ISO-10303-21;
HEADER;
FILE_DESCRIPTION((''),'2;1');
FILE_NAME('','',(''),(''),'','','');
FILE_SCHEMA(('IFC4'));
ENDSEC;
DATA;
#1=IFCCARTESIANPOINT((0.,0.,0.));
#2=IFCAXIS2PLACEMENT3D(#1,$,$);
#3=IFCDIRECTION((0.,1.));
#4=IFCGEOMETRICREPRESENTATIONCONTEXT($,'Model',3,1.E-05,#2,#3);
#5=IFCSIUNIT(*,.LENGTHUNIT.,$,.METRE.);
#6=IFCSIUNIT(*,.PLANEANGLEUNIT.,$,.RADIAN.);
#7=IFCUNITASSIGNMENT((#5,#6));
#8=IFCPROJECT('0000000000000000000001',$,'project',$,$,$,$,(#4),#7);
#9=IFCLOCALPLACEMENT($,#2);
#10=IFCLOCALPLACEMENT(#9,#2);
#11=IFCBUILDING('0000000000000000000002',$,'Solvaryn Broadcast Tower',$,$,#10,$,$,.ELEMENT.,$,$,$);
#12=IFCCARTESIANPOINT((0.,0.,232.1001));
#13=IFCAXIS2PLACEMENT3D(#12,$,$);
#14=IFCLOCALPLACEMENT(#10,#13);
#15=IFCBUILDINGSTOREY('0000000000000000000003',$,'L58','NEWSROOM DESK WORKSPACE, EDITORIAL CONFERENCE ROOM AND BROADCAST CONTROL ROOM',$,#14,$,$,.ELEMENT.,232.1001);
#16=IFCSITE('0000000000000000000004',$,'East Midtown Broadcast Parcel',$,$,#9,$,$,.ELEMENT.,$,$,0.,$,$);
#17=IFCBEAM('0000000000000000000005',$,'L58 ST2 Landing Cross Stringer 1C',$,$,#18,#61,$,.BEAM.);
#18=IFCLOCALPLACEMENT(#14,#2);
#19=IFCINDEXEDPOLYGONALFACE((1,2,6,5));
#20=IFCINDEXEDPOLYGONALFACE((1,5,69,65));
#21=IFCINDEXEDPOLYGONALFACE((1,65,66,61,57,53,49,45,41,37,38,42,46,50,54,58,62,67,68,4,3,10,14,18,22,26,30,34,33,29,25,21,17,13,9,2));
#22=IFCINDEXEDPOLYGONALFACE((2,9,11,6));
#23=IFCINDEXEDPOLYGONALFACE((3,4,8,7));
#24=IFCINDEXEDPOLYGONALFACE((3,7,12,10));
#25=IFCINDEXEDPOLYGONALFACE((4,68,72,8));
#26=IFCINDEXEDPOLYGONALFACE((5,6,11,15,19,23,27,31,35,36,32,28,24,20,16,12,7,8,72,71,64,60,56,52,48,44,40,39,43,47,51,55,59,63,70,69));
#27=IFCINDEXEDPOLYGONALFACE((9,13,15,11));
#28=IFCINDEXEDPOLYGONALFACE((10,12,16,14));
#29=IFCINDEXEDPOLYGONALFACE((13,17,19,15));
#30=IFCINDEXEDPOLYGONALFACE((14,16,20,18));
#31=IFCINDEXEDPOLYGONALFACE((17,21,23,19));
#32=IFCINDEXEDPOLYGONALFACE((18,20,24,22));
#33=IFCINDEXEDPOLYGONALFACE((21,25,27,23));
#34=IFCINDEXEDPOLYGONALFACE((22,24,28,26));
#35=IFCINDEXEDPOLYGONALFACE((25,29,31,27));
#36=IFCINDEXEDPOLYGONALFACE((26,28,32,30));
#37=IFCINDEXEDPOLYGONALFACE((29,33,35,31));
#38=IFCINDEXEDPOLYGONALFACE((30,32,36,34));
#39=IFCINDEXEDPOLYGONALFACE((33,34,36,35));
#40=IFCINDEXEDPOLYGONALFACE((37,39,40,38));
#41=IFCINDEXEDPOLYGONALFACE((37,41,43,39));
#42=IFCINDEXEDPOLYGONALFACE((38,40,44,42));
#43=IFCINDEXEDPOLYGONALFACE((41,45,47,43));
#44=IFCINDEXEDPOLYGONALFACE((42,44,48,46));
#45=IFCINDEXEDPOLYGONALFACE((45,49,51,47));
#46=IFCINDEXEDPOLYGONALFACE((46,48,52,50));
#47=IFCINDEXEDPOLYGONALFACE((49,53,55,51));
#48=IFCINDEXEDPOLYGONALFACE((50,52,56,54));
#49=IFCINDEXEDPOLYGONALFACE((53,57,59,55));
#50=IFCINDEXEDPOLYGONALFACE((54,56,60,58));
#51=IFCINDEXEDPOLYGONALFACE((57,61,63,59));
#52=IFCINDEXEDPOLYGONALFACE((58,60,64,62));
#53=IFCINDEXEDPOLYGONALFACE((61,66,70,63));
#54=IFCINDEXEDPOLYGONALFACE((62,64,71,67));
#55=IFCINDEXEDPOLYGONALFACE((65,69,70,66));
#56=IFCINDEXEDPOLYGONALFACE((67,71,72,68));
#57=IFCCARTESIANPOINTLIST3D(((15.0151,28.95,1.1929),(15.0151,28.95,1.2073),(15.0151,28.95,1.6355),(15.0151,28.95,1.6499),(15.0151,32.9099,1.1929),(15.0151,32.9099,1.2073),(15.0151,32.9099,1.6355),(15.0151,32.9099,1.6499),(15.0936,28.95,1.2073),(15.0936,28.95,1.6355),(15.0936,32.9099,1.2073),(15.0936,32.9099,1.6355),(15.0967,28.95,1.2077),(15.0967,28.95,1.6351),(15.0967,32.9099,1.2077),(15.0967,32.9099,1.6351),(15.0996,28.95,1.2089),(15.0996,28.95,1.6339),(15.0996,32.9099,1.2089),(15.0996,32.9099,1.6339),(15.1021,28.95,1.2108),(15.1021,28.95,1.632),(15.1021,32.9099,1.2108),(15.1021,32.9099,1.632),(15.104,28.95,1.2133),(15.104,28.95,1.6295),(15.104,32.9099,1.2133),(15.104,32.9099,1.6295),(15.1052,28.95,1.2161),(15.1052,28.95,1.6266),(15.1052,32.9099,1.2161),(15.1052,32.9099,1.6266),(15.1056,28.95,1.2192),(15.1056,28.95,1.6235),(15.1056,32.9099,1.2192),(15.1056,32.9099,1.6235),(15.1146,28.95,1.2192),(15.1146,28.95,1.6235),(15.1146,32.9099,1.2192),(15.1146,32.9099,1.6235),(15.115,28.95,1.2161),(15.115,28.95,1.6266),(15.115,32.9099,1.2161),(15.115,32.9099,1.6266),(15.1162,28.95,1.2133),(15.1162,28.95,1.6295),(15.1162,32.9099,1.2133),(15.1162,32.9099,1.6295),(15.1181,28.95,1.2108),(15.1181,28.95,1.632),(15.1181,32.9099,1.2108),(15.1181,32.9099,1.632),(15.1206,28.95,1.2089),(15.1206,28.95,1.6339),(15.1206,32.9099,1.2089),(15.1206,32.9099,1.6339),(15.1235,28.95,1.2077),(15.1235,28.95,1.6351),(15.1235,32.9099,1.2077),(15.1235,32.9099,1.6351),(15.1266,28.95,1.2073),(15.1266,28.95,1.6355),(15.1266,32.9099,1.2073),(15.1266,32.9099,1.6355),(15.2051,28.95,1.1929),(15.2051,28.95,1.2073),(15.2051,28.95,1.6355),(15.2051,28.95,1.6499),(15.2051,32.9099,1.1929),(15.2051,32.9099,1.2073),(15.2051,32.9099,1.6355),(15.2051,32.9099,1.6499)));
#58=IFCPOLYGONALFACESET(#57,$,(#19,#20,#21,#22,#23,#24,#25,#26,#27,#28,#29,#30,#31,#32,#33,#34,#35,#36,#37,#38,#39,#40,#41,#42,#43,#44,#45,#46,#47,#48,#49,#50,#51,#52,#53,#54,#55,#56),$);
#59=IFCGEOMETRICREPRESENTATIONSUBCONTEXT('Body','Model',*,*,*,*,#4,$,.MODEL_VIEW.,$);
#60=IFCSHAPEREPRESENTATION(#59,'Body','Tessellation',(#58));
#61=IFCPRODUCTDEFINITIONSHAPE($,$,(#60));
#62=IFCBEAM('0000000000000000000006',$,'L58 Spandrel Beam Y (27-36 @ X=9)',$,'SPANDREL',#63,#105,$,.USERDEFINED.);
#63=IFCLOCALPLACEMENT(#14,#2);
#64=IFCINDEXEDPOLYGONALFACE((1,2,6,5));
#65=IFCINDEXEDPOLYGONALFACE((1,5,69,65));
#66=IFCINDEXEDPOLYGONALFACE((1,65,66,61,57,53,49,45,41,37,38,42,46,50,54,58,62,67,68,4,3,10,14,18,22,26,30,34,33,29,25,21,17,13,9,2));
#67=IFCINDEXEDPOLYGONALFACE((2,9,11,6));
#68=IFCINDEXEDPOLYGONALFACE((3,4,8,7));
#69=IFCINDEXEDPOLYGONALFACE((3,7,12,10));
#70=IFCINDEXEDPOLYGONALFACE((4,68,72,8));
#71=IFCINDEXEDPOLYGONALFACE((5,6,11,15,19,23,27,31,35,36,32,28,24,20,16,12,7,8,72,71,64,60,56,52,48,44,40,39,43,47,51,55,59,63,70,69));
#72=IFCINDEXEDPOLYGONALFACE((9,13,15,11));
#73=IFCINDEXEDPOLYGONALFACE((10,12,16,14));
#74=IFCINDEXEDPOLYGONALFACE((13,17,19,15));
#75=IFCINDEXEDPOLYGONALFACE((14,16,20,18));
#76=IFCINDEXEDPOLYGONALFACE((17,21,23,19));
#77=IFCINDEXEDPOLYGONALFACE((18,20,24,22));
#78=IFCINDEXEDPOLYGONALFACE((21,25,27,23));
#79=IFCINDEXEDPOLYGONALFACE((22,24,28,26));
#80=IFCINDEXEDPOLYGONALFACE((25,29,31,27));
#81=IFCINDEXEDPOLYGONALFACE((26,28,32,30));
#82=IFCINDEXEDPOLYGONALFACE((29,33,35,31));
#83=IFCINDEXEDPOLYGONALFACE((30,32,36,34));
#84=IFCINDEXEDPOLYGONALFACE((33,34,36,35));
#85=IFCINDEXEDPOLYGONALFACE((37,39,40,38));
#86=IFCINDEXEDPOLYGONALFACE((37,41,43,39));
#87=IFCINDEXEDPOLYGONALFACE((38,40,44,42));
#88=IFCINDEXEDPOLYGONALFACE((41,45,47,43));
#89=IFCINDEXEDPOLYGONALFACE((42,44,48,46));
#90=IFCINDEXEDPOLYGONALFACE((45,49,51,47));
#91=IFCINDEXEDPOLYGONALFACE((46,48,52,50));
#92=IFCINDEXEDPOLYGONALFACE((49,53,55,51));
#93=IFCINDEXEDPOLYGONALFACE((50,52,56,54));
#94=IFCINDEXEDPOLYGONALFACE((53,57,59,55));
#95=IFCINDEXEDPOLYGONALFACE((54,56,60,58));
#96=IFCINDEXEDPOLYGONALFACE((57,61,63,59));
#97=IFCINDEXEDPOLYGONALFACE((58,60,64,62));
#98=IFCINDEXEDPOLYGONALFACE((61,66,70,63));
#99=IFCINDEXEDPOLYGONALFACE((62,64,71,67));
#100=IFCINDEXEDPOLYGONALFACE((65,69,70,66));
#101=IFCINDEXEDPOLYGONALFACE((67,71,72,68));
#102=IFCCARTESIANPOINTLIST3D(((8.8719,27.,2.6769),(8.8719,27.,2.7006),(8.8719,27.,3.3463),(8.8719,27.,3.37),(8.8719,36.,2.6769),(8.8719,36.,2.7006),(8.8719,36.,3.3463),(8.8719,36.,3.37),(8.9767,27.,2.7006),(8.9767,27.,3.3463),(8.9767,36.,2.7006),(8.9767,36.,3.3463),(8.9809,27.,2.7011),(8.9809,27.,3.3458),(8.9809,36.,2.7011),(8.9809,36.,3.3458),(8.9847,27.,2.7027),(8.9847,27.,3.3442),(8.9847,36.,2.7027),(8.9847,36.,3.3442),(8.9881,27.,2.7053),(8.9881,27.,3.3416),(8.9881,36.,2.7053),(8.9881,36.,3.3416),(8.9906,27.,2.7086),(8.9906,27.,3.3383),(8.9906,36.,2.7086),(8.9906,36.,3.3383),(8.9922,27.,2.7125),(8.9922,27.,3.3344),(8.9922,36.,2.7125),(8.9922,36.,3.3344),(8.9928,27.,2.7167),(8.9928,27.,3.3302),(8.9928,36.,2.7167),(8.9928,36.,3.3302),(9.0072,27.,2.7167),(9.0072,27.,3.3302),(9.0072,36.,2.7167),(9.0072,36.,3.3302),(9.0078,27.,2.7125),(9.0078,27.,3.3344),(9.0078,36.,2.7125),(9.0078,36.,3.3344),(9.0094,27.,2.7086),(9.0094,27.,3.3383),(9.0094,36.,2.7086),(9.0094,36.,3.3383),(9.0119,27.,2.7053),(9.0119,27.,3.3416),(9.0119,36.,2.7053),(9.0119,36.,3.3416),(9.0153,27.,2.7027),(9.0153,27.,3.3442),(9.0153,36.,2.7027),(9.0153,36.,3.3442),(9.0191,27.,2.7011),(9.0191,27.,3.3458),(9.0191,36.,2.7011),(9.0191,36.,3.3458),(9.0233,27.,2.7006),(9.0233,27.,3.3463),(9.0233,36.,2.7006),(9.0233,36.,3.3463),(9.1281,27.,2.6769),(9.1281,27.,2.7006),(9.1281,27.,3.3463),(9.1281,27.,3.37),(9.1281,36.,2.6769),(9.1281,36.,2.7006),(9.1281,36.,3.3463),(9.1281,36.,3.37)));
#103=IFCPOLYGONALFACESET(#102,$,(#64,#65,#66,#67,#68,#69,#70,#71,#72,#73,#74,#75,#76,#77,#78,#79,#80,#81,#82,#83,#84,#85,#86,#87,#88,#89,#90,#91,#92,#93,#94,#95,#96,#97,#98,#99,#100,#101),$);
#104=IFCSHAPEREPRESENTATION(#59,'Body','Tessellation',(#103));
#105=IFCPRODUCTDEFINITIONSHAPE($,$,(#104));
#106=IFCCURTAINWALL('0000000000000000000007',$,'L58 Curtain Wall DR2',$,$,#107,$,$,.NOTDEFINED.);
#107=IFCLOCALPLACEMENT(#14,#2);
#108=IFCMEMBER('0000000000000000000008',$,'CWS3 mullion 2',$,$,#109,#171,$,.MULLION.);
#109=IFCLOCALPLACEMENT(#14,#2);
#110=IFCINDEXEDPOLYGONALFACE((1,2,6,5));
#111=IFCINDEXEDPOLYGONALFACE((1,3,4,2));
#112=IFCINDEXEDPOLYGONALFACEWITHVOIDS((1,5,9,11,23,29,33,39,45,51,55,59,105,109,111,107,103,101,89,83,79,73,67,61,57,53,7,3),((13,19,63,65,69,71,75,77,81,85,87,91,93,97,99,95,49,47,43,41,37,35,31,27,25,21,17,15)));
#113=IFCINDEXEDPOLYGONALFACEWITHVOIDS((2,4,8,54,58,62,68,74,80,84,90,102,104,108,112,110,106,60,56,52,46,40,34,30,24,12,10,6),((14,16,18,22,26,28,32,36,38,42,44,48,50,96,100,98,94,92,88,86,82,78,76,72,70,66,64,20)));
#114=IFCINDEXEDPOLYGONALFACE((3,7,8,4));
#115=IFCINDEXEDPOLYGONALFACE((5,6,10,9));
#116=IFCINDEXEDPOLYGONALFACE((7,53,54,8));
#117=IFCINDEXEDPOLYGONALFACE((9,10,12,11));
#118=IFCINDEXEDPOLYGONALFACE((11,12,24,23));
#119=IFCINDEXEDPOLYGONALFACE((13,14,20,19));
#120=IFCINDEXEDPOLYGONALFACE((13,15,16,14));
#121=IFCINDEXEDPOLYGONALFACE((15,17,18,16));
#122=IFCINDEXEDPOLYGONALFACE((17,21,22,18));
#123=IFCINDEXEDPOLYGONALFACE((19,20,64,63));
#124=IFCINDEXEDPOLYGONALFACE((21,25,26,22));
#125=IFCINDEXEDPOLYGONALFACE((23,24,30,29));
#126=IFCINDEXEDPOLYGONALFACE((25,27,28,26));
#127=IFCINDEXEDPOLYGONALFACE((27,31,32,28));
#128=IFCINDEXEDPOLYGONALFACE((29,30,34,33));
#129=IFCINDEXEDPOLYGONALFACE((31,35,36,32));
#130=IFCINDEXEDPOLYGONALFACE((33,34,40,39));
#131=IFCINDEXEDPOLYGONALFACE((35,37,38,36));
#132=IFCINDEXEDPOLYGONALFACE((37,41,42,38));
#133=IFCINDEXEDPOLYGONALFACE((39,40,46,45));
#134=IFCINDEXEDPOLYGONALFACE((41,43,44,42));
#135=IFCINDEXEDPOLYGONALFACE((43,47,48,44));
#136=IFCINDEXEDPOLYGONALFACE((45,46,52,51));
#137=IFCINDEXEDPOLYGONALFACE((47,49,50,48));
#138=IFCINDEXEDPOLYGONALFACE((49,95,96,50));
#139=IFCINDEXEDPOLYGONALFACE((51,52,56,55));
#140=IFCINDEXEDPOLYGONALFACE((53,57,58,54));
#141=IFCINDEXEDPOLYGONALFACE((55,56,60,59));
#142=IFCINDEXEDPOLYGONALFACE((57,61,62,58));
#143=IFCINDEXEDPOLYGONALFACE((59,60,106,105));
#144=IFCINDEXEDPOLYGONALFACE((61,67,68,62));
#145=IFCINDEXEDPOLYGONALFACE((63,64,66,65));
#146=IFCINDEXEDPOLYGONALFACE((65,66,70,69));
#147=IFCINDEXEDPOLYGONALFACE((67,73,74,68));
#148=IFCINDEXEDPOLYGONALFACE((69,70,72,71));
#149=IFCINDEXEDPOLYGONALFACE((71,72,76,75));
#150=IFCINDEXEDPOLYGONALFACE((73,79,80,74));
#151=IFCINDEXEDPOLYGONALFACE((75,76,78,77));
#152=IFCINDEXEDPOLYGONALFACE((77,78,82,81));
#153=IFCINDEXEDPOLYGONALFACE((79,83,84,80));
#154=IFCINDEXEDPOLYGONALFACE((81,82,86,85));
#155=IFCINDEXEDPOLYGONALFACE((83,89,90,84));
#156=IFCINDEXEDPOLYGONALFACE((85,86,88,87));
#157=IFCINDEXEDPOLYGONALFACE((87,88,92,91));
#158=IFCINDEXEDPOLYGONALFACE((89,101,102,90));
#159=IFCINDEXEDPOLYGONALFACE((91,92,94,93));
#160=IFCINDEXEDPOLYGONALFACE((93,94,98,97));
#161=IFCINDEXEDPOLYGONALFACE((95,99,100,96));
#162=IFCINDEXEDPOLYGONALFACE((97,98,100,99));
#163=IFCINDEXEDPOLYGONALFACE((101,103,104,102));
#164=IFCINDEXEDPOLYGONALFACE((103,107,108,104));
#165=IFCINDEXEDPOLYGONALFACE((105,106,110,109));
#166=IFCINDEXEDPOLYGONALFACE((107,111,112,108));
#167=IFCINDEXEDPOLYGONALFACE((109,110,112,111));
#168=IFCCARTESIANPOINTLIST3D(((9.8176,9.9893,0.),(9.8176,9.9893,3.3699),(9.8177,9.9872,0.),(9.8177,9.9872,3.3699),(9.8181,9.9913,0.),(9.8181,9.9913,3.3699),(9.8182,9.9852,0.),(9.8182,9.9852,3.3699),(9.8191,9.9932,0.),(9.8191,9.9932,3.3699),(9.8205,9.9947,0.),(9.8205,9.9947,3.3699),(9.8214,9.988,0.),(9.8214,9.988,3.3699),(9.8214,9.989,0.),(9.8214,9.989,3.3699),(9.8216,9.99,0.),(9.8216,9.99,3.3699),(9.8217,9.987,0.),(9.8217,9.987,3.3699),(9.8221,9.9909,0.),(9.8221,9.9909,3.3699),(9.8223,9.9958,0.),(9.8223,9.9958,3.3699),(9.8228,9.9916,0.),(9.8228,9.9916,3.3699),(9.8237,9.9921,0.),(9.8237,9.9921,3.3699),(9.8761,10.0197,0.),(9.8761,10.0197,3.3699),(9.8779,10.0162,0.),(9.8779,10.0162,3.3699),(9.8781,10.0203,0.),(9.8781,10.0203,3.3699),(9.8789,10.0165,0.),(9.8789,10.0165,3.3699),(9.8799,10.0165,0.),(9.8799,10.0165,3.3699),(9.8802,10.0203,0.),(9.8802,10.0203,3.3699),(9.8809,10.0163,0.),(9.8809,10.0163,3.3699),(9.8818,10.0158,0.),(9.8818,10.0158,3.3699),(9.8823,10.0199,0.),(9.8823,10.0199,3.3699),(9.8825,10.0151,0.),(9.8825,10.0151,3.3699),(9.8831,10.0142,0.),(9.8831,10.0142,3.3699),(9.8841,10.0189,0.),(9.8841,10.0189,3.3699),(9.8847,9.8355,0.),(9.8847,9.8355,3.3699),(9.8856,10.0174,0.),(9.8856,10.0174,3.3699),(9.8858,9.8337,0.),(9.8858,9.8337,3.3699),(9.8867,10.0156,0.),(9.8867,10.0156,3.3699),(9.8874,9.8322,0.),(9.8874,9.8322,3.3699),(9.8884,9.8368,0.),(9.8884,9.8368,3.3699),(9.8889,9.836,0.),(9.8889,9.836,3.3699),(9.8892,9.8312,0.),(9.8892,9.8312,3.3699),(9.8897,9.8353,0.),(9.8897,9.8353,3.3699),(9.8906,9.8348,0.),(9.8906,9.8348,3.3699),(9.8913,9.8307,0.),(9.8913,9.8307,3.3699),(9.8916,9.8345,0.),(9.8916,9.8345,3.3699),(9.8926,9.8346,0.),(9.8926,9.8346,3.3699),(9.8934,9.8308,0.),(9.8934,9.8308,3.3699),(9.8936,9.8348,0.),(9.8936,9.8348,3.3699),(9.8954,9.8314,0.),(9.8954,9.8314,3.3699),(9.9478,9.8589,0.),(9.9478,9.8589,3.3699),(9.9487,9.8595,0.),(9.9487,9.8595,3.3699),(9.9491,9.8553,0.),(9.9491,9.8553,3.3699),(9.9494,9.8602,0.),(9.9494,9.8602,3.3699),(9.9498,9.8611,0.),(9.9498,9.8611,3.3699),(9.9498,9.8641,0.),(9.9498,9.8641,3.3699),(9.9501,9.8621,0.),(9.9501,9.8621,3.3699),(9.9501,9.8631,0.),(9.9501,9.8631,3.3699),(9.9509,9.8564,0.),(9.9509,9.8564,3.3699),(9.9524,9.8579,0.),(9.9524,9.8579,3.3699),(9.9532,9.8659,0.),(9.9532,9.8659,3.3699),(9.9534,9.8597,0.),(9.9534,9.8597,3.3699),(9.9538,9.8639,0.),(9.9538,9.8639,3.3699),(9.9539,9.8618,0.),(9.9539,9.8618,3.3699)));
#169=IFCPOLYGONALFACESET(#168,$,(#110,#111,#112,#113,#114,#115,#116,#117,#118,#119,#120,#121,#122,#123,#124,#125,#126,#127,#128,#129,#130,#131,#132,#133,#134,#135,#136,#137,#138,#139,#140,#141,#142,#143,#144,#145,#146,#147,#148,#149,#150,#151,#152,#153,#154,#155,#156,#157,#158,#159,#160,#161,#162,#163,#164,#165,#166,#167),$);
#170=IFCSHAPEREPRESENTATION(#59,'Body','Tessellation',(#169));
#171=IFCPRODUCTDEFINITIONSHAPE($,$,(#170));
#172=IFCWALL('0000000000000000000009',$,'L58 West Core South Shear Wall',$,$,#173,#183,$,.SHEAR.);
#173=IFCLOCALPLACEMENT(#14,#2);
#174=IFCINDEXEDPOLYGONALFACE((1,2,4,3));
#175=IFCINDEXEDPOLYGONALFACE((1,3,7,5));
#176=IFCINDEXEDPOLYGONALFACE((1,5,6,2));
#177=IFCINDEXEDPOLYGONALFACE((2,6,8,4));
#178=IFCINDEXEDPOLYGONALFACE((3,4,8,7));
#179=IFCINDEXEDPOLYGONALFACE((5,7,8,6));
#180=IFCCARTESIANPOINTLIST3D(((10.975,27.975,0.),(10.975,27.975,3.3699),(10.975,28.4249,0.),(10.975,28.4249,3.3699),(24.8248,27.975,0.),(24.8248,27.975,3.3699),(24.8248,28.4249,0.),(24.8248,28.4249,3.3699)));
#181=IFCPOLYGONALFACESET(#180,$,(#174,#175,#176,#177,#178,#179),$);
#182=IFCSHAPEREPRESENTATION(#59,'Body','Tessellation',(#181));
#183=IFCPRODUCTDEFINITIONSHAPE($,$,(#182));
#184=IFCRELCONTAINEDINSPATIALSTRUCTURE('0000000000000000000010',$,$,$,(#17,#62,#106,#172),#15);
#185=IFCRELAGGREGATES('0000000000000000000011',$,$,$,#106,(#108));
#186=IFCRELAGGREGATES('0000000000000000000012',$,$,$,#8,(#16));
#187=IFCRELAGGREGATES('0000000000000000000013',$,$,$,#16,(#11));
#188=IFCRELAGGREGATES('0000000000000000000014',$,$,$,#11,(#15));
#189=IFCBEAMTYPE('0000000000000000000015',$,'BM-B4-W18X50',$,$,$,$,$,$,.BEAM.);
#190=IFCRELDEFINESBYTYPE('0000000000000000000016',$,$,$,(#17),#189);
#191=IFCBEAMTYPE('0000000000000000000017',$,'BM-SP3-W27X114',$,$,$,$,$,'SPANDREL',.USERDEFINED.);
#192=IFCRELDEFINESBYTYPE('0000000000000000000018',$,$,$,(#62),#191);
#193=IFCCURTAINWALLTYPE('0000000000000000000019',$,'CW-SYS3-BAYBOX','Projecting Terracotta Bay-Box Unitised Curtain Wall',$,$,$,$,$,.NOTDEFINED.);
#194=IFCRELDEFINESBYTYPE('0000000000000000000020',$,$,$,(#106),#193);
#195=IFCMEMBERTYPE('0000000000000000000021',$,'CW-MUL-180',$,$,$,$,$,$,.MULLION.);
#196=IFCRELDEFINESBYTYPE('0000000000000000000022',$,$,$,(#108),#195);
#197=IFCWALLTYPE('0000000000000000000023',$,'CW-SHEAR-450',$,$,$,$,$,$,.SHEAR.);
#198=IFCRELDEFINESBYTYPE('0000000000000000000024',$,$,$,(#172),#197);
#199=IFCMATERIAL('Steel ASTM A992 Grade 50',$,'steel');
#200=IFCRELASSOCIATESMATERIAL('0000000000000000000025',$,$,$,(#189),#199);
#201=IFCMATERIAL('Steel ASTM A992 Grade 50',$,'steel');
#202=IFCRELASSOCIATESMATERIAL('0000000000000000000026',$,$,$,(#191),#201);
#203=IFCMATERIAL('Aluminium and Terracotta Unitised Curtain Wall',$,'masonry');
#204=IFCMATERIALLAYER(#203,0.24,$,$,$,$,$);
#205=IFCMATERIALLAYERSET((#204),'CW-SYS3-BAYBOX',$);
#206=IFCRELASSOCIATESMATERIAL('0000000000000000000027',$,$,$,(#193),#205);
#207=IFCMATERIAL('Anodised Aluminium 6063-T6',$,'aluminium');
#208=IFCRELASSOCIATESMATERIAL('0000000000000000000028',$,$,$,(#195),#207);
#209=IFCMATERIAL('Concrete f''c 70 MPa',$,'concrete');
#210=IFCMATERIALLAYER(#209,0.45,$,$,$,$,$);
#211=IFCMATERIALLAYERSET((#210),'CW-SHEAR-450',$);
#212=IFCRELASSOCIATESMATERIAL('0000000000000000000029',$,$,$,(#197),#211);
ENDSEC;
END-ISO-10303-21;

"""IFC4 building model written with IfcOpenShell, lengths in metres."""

from ifc_helpers import new_model, si_unit, direction, frame, frame_2d, origin, origin_2d, place, context, subcontext, project, spatial, rectangle, hollow_rectangle, i_section, extrude, material, layer, layer_set, material_profile, profile_set, type_object, element, aggregate, save


model = new_model("IFC4")

# Units and contexts
model_context = context("Model", 3, precision=1e-05, world=origin(), true_north=direction((0.0, 1.0)))
body_context = subcontext(model_context, "Body", "Model", "MODEL_VIEW")
ifc_project = project(units=[si_unit("LENGTHUNIT", "METRE"), si_unit("PLANEANGLEUNIT", "RADIAN")], contexts=[model_context])

# Site, building, storey
site_placement = place(None, origin())
site = spatial("IfcSite", under=ifc_project, at=site_placement, Name="East Midtown Broadcast Parcel", CompositionType="ELEMENT", RefElevation=0.0)
building_placement = place(site_placement, origin())
building = spatial("IfcBuilding", under=site, at=building_placement, Name="Solvaryn Broadcast Tower", CompositionType="ELEMENT")
storey_placement = place(building_placement, frame((0.0, 0.0, 232.1001)))
storey = spatial("IfcBuildingStorey", under=building, at=storey_placement, Name="L58", Description="NEWSROOM DESK WORKSPACE, EDITORIAL CONFERENCE ROOM AND BROADCAST CONTROL ROOM", CompositionType="ELEMENT", Elevation=232.1001)

# Beams
ifc_material_1 = material(Name="Steel ASTM A992 Grade 50", Category="steel")
ifc_material_profile_1 = material_profile(ifc_material_1, i_section(OverallWidth=0.1899, OverallDepth=0.457, WebThickness=0.009, FlangeThickness=0.0144, FilletRadius=0.012, at=origin_2d()))
ifc_profile_set_1 = profile_set([ifc_material_profile_1], Name="Steel ASTM A992 Grade 50")
beam_type_1 = type_object("IfcBeamType", Name="BM-B4-W18X50", PredefinedType="BEAM", material=ifc_profile_set_1)
beam_1_placement = place(storey_placement, frame((15.1101, 28.95, 1.4214), z_axis=(0.0, 1.0, 0.0), x_axis=(-1.0, 0.0, 0.0)))
element("IfcBeam", 1, at=beam_1_placement, inside=storey, type_object=beam_type_1, Name="L58 ST2 Landing Cross Stringer 1C", PredefinedType="BEAM", context=body_context, shape_type="SweptSolid", body=[
    extrude(i_section(OverallWidth=0.1899, OverallDepth=0.457, WebThickness=0.009, FlangeThickness=0.0144, FilletRadius=0.012, at=origin_2d()), origin(), (0.0, 0.0, 1.0), 3.96),
])
ifc_material_2 = material(Name="Steel ASTM A992 Grade 50", Category="steel")
ifc_material_profile_2 = material_profile(ifc_material_2, i_section(OverallWidth=0.2561, OverallDepth=0.6931, WebThickness=0.0144, FlangeThickness=0.0237, FilletRadius=0.0161, at=origin_2d()))
ifc_profile_set_2 = profile_set([ifc_material_profile_2], Name="Steel ASTM A992 Grade 50")
beam_type_2 = type_object("IfcBeamType", Name="BM-SP3-W27X114", ElementType="SPANDREL", PredefinedType="USERDEFINED", material=ifc_profile_set_2)
beam_2_placement = place(storey_placement, frame((9.0, 27.0, 3.0234), z_axis=(0.0, 1.0, 0.0), x_axis=(-1.0, 0.0, 0.0)))
element("IfcBeam", 2, at=beam_2_placement, inside=storey, type_object=beam_type_2, Name="L58 Spandrel Beam Y (27-36 @ X=9)", ObjectType="SPANDREL", PredefinedType="USERDEFINED", context=body_context, shape_type="SweptSolid", body=[
    extrude(i_section(OverallWidth=0.2561, OverallDepth=0.6931, WebThickness=0.0144, FlangeThickness=0.0237, FilletRadius=0.0161, at=origin_2d()), origin(), (0.0, 0.0, 1.0), 9.0),
])

# Curtain wall, member
ifc_material_3 = material(Name="Aluminium and Terracotta Unitised Curtain Wall", Category="masonry")
ifc_layer_1 = layer(ifc_material_3, 0.24)
ifc_layer_set_1 = layer_set([ifc_layer_1], Name="CW-SYS3-BAYBOX")
curtain_wall_type = type_object("IfcCurtainWallType", Name="CW-SYS3-BAYBOX", Description="Projecting Terracotta Bay-Box Unitised Curtain Wall", PredefinedType="NOTDEFINED", material=ifc_layer_set_1)
curtain_wall_placement = place(storey_placement, origin())
curtain_wall = element("IfcCurtainWall", 3, at=curtain_wall_placement, inside=storey, type_object=curtain_wall_type, Name="L58 Curtain Wall DR2", PredefinedType="NOTDEFINED")
ifc_material_4 = material(Name="Anodised Aluminium 6063-T6", Category="aluminium")
ifc_material_profile_3 = material_profile(ifc_material_4, hollow_rectangle(XDim=0.075, YDim=0.1799, WallThickness=0.0039, InnerFilletRadius=0.0039, OuterFilletRadius=0.0081, at=origin_2d()))
ifc_profile_set_3 = profile_set([ifc_material_profile_3], Name="Anodised Aluminium 6063-T6")
member_type = type_object("IfcMemberType", Name="CW-MUL-180", PredefinedType="MULLION", material=ifc_profile_set_3)
member_placement = place(storey_placement, frame((9.8857, 9.9255, 0.0), z_axis=(0.0, 0.0, 1.0), x_axis=(0.913917, 0.405901, 0.0)))
member = element("IfcMember", 4, at=member_placement, type_object=member_type, Name="CWS3 mullion 2", PredefinedType="MULLION", context=body_context, shape_type="SweptSolid", body=[
    extrude(hollow_rectangle(XDim=0.075, YDim=0.1799, WallThickness=0.0039, InnerFilletRadius=0.0039, OuterFilletRadius=0.0081, at=origin_2d()), origin(), (0.0, 0.0, 1.0), 3.3699),
])
aggregate(curtain_wall, [member])

# Wall
ifc_material_5 = material(Name="Concrete f'c 70 MPa", Category="concrete")
ifc_layer_2 = layer(ifc_material_5, 0.45)
ifc_layer_set_2 = layer_set([ifc_layer_2], Name="CW-SHEAR-450")
wall_type_1 = type_object("IfcWallType", Name="CW-SHEAR-450", PredefinedType="SHEAR", material=ifc_layer_set_2)
wall_1_placement = place(storey_placement, frame((10.9751, 28.2, 0.0), z_axis=(0.0, 0.0, 1.0), x_axis=(1.0, 0.0, 0.0)))
element("IfcWall", 5, at=wall_1_placement, inside=storey, type_object=wall_type_1, Name="L58 West Core South Shear Wall", PredefinedType="SHEAR", context=body_context, shape_type="SweptSolid", body=[
    extrude(rectangle(XDim=13.8499, YDim=0.45, at=frame_2d((6.9248, 0.0))), origin(), (0.0, 0.0, 1.0), 3.3699),
])

save(model, "model.ifc")
